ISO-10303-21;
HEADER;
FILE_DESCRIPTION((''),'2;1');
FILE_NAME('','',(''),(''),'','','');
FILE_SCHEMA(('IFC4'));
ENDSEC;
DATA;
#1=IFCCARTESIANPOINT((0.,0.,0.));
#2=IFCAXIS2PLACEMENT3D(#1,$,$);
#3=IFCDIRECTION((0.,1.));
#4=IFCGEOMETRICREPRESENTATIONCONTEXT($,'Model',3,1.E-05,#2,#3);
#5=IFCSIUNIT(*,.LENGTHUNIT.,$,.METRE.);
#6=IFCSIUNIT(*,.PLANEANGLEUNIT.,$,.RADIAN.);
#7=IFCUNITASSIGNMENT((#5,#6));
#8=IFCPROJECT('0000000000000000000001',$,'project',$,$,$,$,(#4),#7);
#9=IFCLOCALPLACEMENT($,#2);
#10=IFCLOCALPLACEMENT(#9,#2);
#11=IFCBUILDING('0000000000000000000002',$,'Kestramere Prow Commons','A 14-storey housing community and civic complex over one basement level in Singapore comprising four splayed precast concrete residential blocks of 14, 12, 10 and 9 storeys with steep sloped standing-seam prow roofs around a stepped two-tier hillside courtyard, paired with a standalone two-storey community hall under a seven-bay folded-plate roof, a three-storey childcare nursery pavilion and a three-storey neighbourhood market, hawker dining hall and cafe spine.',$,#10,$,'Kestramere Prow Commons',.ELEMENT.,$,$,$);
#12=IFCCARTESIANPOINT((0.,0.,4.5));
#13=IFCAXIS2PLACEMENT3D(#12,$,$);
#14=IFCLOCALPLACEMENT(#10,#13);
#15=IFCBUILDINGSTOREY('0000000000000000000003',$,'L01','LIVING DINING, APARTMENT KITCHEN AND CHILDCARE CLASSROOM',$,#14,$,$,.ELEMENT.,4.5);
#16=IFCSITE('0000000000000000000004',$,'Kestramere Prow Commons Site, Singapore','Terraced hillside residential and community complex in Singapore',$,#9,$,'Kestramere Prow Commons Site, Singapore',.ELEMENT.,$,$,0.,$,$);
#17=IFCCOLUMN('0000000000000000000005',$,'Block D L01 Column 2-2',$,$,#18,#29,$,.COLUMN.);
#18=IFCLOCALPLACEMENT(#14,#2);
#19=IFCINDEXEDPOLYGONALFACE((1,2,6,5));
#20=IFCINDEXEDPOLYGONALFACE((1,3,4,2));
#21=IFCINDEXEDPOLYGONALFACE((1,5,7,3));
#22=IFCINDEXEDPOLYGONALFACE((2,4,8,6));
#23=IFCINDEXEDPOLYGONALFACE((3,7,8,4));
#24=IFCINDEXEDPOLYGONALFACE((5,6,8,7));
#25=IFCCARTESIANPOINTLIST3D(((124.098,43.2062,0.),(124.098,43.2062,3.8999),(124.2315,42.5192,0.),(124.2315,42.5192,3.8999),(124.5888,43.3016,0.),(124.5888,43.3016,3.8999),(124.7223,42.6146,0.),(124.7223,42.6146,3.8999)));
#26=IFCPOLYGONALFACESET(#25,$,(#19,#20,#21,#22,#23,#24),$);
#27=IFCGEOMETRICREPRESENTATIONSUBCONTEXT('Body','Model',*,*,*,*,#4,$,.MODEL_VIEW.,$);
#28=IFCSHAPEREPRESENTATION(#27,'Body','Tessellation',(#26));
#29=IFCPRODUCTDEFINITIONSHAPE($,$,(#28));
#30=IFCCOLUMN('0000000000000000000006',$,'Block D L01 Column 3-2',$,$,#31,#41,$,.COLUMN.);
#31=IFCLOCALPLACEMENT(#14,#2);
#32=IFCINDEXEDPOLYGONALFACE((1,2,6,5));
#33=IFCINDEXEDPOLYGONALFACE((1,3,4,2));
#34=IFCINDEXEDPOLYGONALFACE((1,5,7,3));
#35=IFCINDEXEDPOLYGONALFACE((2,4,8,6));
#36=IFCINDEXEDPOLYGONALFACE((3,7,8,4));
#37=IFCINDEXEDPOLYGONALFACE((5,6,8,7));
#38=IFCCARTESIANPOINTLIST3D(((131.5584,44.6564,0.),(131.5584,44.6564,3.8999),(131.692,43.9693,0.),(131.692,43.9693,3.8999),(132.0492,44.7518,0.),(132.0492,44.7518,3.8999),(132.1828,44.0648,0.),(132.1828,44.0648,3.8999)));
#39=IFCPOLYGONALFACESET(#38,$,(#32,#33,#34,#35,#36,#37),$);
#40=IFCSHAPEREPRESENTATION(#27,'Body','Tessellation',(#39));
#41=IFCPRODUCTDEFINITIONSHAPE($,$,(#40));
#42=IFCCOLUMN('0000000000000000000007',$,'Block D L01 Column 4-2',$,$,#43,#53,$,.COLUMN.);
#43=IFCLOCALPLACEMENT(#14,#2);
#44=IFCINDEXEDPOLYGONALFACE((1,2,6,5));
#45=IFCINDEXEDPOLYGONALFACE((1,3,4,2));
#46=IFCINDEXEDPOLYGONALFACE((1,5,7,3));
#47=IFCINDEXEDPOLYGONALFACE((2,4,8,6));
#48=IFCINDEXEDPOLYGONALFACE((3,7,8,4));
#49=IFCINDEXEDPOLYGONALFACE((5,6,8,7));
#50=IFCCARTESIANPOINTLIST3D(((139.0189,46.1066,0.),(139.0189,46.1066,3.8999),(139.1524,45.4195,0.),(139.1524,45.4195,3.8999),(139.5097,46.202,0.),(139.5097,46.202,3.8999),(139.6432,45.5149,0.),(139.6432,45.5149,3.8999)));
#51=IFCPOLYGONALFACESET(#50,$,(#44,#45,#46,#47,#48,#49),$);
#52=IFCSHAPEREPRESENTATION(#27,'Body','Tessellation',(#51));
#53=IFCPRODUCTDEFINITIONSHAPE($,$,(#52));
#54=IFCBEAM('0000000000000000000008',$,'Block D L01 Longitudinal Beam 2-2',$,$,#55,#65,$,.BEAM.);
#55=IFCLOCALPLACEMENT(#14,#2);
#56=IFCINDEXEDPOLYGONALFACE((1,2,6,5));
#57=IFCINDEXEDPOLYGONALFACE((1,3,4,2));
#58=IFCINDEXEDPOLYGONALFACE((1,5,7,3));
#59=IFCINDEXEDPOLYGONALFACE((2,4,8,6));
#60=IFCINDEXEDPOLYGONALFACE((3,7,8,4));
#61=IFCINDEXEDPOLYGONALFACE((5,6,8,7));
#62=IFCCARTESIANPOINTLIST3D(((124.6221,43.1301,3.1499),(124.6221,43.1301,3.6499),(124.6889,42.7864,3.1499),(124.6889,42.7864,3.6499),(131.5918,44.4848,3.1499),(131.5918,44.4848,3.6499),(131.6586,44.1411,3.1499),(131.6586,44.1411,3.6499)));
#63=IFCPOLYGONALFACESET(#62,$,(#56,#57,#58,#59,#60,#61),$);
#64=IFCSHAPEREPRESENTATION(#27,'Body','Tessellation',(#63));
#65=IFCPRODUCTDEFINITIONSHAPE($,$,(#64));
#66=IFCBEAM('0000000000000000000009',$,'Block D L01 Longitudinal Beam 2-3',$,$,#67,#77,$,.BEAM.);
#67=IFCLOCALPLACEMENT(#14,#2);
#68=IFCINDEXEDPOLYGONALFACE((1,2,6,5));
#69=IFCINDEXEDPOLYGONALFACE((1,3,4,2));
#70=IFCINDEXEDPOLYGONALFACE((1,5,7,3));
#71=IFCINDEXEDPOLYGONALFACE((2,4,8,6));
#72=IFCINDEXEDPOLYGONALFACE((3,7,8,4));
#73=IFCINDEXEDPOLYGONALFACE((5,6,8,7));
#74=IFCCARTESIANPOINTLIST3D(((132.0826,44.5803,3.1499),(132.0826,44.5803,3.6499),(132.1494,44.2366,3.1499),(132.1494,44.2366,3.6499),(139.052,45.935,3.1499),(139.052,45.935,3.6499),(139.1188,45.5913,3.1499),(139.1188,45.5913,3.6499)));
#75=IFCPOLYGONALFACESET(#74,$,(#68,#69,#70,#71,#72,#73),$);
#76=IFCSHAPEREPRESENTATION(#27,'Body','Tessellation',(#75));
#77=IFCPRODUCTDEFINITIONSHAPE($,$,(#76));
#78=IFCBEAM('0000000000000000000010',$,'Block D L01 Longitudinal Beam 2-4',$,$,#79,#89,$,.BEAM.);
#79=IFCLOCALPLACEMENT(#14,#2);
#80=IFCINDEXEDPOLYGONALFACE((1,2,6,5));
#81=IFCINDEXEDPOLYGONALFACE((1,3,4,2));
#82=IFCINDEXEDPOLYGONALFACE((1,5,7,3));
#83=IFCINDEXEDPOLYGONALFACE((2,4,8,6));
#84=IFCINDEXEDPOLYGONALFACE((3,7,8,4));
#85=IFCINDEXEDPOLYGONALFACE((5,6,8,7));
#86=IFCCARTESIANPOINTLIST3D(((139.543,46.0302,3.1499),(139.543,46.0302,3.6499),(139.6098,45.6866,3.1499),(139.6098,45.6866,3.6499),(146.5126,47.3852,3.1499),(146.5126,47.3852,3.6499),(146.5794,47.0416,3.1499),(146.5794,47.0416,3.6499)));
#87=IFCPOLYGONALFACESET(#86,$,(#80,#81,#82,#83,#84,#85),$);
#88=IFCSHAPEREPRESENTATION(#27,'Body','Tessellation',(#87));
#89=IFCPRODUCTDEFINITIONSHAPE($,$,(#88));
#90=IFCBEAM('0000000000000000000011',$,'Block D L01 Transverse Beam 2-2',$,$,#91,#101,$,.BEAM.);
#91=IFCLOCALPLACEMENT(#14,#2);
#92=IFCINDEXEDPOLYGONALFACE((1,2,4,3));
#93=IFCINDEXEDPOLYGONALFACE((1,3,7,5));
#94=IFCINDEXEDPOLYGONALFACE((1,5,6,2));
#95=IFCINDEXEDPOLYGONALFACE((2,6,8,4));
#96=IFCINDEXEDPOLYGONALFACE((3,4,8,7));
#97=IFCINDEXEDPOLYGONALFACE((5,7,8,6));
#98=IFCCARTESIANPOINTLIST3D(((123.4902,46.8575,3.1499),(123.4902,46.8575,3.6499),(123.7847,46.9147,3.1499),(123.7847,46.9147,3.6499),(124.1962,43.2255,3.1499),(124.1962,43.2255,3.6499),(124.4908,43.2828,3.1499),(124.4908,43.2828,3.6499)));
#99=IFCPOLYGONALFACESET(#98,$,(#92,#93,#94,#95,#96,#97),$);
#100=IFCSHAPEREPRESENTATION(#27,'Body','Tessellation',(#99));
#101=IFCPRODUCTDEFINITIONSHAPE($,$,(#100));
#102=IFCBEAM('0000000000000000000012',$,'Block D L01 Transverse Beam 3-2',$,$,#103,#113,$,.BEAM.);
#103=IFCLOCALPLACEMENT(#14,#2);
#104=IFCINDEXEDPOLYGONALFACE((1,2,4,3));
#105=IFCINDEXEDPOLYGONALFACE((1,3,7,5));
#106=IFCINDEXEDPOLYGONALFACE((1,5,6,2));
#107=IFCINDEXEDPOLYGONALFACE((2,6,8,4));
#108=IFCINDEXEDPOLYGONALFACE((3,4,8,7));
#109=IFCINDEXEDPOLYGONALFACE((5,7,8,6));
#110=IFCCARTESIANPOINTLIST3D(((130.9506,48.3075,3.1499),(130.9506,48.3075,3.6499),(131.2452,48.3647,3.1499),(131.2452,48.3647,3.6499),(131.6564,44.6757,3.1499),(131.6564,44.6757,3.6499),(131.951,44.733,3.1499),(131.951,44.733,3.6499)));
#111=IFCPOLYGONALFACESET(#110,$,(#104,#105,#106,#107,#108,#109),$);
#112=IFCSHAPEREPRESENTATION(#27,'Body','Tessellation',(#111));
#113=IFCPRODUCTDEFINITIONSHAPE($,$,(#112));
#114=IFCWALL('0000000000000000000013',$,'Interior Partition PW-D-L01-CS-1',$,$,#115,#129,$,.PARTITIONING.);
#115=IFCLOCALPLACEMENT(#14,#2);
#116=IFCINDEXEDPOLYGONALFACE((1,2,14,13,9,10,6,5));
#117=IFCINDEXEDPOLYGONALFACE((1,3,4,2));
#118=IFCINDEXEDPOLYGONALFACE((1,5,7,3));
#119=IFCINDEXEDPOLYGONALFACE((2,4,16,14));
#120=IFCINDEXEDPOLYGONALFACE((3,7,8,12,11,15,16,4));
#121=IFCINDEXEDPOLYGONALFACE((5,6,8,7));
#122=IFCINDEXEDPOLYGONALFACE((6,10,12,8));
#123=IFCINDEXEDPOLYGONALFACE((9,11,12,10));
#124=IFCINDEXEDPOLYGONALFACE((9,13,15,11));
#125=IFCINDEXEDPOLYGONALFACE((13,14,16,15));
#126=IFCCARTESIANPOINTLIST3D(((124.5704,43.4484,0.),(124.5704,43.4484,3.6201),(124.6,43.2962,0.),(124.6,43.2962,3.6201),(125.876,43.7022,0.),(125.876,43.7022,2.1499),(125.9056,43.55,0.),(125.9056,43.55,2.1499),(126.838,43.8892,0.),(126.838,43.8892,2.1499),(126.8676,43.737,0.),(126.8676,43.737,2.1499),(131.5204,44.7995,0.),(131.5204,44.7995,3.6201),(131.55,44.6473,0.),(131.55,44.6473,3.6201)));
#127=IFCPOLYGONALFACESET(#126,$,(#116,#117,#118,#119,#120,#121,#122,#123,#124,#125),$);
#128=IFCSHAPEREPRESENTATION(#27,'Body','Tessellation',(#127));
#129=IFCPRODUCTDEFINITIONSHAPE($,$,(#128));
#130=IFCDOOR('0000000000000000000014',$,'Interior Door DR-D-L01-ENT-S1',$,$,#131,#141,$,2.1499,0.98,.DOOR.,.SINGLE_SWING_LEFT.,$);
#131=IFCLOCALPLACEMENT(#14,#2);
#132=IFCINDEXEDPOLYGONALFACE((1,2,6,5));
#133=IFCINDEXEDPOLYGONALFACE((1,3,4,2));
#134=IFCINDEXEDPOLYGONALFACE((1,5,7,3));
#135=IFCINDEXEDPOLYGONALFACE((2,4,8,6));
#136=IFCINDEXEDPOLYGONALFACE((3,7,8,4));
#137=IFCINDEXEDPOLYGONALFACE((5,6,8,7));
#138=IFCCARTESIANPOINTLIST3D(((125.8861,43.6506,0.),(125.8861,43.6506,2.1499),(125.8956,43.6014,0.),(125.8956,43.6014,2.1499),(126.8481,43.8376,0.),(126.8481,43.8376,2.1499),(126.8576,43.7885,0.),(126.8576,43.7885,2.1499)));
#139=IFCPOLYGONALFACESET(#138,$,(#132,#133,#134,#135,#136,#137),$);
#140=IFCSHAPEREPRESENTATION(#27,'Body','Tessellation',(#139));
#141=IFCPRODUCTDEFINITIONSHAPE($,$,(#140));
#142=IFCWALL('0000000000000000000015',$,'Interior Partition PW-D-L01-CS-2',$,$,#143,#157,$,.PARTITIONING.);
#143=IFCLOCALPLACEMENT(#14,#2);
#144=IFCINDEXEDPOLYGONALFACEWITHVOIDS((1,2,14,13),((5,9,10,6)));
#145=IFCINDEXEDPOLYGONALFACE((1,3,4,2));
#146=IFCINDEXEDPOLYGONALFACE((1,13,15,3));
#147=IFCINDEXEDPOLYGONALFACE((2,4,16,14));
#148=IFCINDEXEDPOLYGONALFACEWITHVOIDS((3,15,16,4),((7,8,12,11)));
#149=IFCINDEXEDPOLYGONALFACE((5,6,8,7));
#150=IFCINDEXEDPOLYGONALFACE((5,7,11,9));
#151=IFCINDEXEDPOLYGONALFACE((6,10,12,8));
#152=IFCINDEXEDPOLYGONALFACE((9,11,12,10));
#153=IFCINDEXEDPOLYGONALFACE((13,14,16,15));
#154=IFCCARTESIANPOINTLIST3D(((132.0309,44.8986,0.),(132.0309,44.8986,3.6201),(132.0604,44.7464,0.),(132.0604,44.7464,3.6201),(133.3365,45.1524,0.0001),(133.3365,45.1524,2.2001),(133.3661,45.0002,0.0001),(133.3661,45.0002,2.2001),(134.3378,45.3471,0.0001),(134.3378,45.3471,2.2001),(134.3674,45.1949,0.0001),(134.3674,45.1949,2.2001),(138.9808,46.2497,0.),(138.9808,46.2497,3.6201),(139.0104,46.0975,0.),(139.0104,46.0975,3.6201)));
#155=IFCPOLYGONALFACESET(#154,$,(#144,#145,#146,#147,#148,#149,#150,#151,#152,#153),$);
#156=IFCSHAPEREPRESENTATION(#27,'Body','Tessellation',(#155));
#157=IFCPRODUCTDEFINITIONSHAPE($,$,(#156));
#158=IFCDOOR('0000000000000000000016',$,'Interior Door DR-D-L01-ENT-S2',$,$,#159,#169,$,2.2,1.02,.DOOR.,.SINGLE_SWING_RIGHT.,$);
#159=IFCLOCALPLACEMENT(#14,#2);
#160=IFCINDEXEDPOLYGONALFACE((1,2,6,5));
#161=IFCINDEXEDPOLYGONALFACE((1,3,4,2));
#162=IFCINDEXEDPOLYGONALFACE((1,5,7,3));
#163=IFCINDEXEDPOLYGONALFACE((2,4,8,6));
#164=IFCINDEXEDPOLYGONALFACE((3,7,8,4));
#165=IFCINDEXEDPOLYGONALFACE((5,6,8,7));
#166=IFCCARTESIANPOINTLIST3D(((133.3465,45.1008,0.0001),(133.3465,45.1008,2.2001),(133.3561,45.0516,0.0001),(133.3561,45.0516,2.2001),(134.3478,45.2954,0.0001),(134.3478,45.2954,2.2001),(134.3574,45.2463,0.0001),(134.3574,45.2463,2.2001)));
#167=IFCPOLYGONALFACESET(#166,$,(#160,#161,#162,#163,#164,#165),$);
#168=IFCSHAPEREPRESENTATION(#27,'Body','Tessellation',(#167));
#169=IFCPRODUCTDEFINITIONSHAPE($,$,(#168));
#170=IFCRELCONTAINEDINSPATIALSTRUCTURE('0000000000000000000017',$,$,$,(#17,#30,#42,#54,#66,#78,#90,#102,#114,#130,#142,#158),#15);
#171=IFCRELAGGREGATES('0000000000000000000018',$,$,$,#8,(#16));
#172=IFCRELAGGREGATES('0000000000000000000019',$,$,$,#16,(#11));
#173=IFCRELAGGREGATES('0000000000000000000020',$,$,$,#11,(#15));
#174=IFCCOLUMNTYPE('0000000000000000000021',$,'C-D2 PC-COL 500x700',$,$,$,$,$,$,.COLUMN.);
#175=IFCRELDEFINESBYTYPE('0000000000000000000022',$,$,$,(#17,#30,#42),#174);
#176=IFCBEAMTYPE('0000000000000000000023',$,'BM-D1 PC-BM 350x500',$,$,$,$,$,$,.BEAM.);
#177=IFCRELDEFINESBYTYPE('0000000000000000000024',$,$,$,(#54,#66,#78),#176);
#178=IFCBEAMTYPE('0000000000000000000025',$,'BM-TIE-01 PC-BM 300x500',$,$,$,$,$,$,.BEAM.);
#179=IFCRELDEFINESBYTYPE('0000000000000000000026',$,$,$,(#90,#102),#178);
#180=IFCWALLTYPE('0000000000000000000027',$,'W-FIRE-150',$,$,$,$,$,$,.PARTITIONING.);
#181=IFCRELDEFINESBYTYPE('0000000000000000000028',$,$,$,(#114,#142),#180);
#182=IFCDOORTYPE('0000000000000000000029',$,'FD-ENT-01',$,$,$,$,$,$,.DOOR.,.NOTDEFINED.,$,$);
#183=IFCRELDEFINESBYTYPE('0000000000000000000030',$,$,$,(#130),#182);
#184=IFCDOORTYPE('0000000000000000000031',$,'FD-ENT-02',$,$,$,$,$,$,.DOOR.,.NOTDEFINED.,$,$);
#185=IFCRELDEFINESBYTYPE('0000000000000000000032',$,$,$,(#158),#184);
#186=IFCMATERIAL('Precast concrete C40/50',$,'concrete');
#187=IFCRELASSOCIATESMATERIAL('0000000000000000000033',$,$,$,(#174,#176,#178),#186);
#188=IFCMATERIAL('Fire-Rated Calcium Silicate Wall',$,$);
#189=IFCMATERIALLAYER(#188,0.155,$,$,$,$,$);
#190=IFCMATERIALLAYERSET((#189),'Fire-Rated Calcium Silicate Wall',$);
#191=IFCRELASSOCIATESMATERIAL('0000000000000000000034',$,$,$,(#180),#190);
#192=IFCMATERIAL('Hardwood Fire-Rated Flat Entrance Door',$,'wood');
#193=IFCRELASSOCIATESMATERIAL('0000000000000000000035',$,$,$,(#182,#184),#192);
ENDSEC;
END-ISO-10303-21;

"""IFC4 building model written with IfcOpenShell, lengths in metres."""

from ifc_helpers import new_model, si_unit, direction, frame, frame_2d, origin, origin_2d, place, context, subcontext, project, spatial, rectangle, extrude, material, layer, layer_set, material_profile, profile_set, type_object, element, fill, save


model = new_model("IFC4")

# Units and contexts
model_context = context("Model", 3, precision=1e-05, world=origin(), true_north=direction((0.0, 1.0)))
body_context = subcontext(model_context, "Body", "Model", "MODEL_VIEW")
ifc_project = project(units=[si_unit("LENGTHUNIT", "METRE"), si_unit("PLANEANGLEUNIT", "RADIAN")], contexts=[model_context])

# Site, building, storey
site_placement = place(None, origin())
site = spatial("IfcSite", under=ifc_project, at=site_placement, Name="Kestramere Prow Commons Site, Singapore", Description="Terraced hillside residential and community complex in Singapore", LongName="Kestramere Prow Commons Site, Singapore", CompositionType="ELEMENT", RefElevation=0.0)
building_placement = place(site_placement, origin())
building = spatial("IfcBuilding", under=site, at=building_placement, Name="Kestramere Prow Commons", Description="A 14-storey housing community and civic complex over one basement level in Singapore comprising four splayed precast concrete residential blocks of 14, 12, 10 and 9 storeys with steep sloped standing-seam prow roofs around a stepped two-tier hillside courtyard, paired with a standalone two-storey community hall under a seven-bay folded-plate roof, a three-storey childcare nursery pavilion and a three-storey neighbourhood market, hawker dining hall and cafe spine.", LongName="Kestramere Prow Commons", CompositionType="ELEMENT")
storey_placement = place(building_placement, frame((0.0, 0.0, 4.5)))
storey = spatial("IfcBuildingStorey", under=building, at=storey_placement, Name="L01", Description="LIVING DINING, APARTMENT KITCHEN AND CHILDCARE CLASSROOM", CompositionType="ELEMENT", Elevation=4.5)

# Columns
ifc_material_1 = material(Name="Precast concrete C40/50", Category="concrete")
ifc_material_profile_1 = material_profile(ifc_material_1, rectangle(XDim=0.5, YDim=0.7, at=origin_2d()), Name="PC-COL 500x700")
ifc_profile_set_1 = profile_set([ifc_material_profile_1], Name="Precast concrete C40/50")
column_type = type_object("IfcColumnType", Name="C-D2 PC-COL 500x700", PredefinedType="COLUMN", material=ifc_profile_set_1)
for number, where, z_axis, x_axis, name in (
    (1, (124.4102, 42.9104, 0.0), (0.0, 0.0, 1.0), (0.981627, 0.190809, 0.0), "Block D L01 Column 2-2"),
    (2, (131.8706, 44.3606, 0.0), (0.0, 0.0, 1.0), (0.981627, 0.190809, 0.0), "Block D L01 Column 3-2"),
    (3, (139.3311, 45.8108, 0.0), (0.0, 0.0, 1.0), (0.981627, 0.190809, 0.0), "Block D L01 Column 4-2"),
):
    element("IfcColumn", number, at=place(storey_placement, frame(where, z_axis=z_axis, x_axis=x_axis)), inside=storey, type_object=column_type, Name=name, PredefinedType="COLUMN", context=body_context, shape_type="SweptSolid", body=[
        extrude(rectangle(XDim=0.5, YDim=0.7, at=origin_2d()), origin(), (0.0, 0.0, 1.0), 3.8999),
    ])

# Beams
ifc_material_profile_2 = material_profile(ifc_material_1, rectangle(XDim=0.3501, YDim=0.5, at=origin_2d()), Name="PC-BM 350x500")
ifc_profile_set_2 = profile_set([ifc_material_profile_2], Name="Precast concrete C40/50")
beam_type_1 = type_object("IfcBeamType", Name="BM-D1 PC-BM 350x500", PredefinedType="BEAM", material=ifc_profile_set_2)
beam_1_placement = place(storey_placement, frame((124.6555, 42.9583, 3.3999), z_axis=(0.981628, 0.190803, 0.0), x_axis=(-0.190803, 0.981628, 0.0)))
element("IfcBeam", 4, at=beam_1_placement, inside=storey, type_object=beam_type_1, Name="Block D L01 Longitudinal Beam 2-2", PredefinedType="BEAM", context=body_context, shape_type="SweptSolid", body=[
    extrude(rectangle(XDim=0.3501, YDim=0.5, at=origin_2d()), origin(), (0.0, 0.0, 1.0), 7.1001),
])
beam_2_placement = place(storey_placement, frame((132.116, 44.4084, 3.3999), z_axis=(0.981627, 0.19081, 0.0), x_axis=(-0.19081, 0.981627, 0.0)))
element("IfcBeam", 5, at=beam_2_placement, inside=storey, type_object=beam_type_1, Name="Block D L01 Longitudinal Beam 2-3", PredefinedType="BEAM", context=body_context, shape_type="SweptSolid", body=[
    extrude(rectangle(XDim=0.3501, YDim=0.5, at=origin_2d()), origin(), (0.0, 0.0, 1.0), 7.0999),
])
beam_3_placement = place(storey_placement, frame((139.5764, 45.8584, 3.3999), z_axis=(0.981621, 0.190843, 0.0), x_axis=(-0.190843, 0.981621, 0.0)))
element("IfcBeam", 6, at=beam_3_placement, inside=storey, type_object=beam_type_1, Name="Block D L01 Longitudinal Beam 2-4", PredefinedType="BEAM", context=body_context, shape_type="SweptSolid", body=[
    extrude(rectangle(XDim=0.3501, YDim=0.5, at=origin_2d()), origin(), (0.0, 0.0, 1.0), 7.1001),
])
ifc_material_profile_3 = material_profile(ifc_material_1, rectangle(XDim=0.3, YDim=0.5, at=origin_2d()), Name="PC-BM 300x500")
ifc_profile_set_3 = profile_set([ifc_material_profile_3], Name="Precast concrete C40/50")
beam_type_2 = type_object("IfcBeamType", Name="BM-TIE-01 PC-BM 300x500", PredefinedType="BEAM", material=ifc_profile_set_3)
beam_4_placement = place(storey_placement, frame((124.3435, 43.2542, 3.3999), z_axis=(-0.190834, 0.981622, 0.0), x_axis=(-0.981622, -0.190834, 0.0)))
element("IfcBeam", 7, at=beam_4_placement, inside=storey, type_object=beam_type_2, Name="Block D L01 Transverse Beam 2-2", PredefinedType="BEAM", context=body_context, shape_type="SweptSolid", body=[
    extrude(rectangle(XDim=0.3, YDim=0.5, at=origin_2d()), origin(), (0.0, 0.0, 1.0), 3.7),
])
beam_5_placement = place(storey_placement, frame((131.8037, 44.7043, 3.3999), z_axis=(-0.190771, 0.981635, 0.0), x_axis=(-0.981635, -0.190771, 0.0)))
element("IfcBeam", 8, at=beam_5_placement, inside=storey, type_object=beam_type_2, Name="Block D L01 Transverse Beam 3-2", PredefinedType="BEAM", context=body_context, shape_type="SweptSolid", body=[
    extrude(rectangle(XDim=0.3, YDim=0.5, at=origin_2d()), origin(), (0.0, 0.0, 1.0), 3.6997),
])

# Walls, openings, doors
ifc_material_2 = material(Name="Fire-Rated Calcium Silicate Wall")
ifc_layer_1 = layer(ifc_material_2, 0.155)
ifc_layer_set_1 = layer_set([ifc_layer_1], Name="Fire-Rated Calcium Silicate Wall")
wall_type_1 = type_object("IfcWallType", Name="W-FIRE-150", PredefinedType="PARTITIONING", material=ifc_layer_set_1)
wall_1_placement = place(storey_placement, frame((124.5852, 43.3723, 0.0), z_axis=(0.0, 0.0, 1.0), x_axis=(0.981623, 0.190828, 0.0)))
wall_1 = element("IfcWall", 9, at=wall_1_placement, inside=storey, type_object=wall_type_1, Name="Interior Partition PW-D-L01-CS-1", PredefinedType="PARTITIONING", context=body_context, shape_type="SweptSolid", body=[
    extrude(rectangle(XDim=7.0801, YDim=0.155, at=frame_2d((3.54, 0.0))), origin(), (0.0, 0.0, 1.0), 3.6201),
])
opening_1_placement = place(wall_1_placement, frame((1.3301, 0.0, 0.0)))
opening_1 = element("IfcOpeningElement", 10, at=opening_1_placement, cuts=wall_1, PredefinedType="OPENING", context=body_context, shape_type="SweptSolid", body=[
    extrude(rectangle(XDim=0.98, YDim=2.1499, at=frame_2d((0.49, 1.075))), frame((0.0, 0.0925, 0.0), z_axis=(0.0, -1.0, 0.0), x_axis=(1.0, 0.0, 0.0)), (0.0, 0.0, 1.0), 0.1851),
])
ifc_material_3 = material(Name="Hardwood Fire-Rated Flat Entrance Door", Category="wood")
door_type_1 = type_object("IfcDoorType", Name="FD-ENT-01", OperationType="NOTDEFINED", PredefinedType="DOOR", material=ifc_material_3)
door_1_placement = place(opening_1_placement, origin())
door_1 = element("IfcDoor", 11, at=door_1_placement, inside=storey, type_object=door_type_1, Name="Interior Door DR-D-L01-ENT-S1", OperationType="SINGLE_SWING_LEFT", OverallHeight=2.1499, OverallWidth=0.98, PredefinedType="DOOR", context=body_context, shape_type="SweptSolid", body=[
    extrude(rectangle(XDim=0.98, YDim=2.1499, at=frame_2d((0.49, 1.075))), frame((0.0, 0.0249, 0.0), z_axis=(0.0, -1.0, 0.0), x_axis=(1.0, 0.0, 0.0)), (0.0, 0.0, 1.0), 0.05),
])
fill(opening_1, door_1)
wall_2_placement = place(storey_placement, frame((132.0457, 44.8225, 0.0), z_axis=(0.0, 0.0, 1.0), x_axis=(0.981623, 0.190828, 0.0)))
wall_2 = element("IfcWall", 12, at=wall_2_placement, inside=storey, type_object=wall_type_1, Name="Interior Partition PW-D-L01-CS-2", PredefinedType="PARTITIONING", context=body_context, shape_type="SweptSolid", body=[
    extrude(rectangle(XDim=7.0801, YDim=0.155, at=frame_2d((3.54, 0.0))), origin(), (0.0, 0.0, 1.0), 3.6201),
])
opening_2_placement = place(wall_2_placement, frame((1.3301, 0.0, 0.0)))
opening_2 = element("IfcOpeningElement", 13, at=opening_2_placement, cuts=wall_2, PredefinedType="OPENING", context=body_context, shape_type="SweptSolid", body=[
    extrude(rectangle(XDim=1.02, YDim=2.2, at=frame_2d((0.51, 1.1001))), frame((0.0, 0.0925, 0.0), z_axis=(0.0, -1.0, 0.0), x_axis=(1.0, 0.0, 0.0)), (0.0, 0.0, 1.0), 0.1851),
])
door_type_2 = type_object("IfcDoorType", Name="FD-ENT-02", OperationType="NOTDEFINED", PredefinedType="DOOR", material=ifc_material_3)
door_2_placement = place(opening_2_placement, origin())
door_2 = element("IfcDoor", 14, at=door_2_placement, inside=storey, type_object=door_type_2, Name="Interior Door DR-D-L01-ENT-S2", OperationType="SINGLE_SWING_RIGHT", OverallHeight=2.2, OverallWidth=1.02, PredefinedType="DOOR", context=body_context, shape_type="SweptSolid", body=[
    extrude(rectangle(XDim=1.02, YDim=2.2, at=frame_2d((0.51, 1.1001))), frame((0.0, 0.0249, 0.0), z_axis=(0.0, -1.0, 0.0), x_axis=(1.0, 0.0, 0.0)), (0.0, 0.0, 1.0), 0.05),
])
fill(opening_2, door_2)

save(model, "model.ifc")
